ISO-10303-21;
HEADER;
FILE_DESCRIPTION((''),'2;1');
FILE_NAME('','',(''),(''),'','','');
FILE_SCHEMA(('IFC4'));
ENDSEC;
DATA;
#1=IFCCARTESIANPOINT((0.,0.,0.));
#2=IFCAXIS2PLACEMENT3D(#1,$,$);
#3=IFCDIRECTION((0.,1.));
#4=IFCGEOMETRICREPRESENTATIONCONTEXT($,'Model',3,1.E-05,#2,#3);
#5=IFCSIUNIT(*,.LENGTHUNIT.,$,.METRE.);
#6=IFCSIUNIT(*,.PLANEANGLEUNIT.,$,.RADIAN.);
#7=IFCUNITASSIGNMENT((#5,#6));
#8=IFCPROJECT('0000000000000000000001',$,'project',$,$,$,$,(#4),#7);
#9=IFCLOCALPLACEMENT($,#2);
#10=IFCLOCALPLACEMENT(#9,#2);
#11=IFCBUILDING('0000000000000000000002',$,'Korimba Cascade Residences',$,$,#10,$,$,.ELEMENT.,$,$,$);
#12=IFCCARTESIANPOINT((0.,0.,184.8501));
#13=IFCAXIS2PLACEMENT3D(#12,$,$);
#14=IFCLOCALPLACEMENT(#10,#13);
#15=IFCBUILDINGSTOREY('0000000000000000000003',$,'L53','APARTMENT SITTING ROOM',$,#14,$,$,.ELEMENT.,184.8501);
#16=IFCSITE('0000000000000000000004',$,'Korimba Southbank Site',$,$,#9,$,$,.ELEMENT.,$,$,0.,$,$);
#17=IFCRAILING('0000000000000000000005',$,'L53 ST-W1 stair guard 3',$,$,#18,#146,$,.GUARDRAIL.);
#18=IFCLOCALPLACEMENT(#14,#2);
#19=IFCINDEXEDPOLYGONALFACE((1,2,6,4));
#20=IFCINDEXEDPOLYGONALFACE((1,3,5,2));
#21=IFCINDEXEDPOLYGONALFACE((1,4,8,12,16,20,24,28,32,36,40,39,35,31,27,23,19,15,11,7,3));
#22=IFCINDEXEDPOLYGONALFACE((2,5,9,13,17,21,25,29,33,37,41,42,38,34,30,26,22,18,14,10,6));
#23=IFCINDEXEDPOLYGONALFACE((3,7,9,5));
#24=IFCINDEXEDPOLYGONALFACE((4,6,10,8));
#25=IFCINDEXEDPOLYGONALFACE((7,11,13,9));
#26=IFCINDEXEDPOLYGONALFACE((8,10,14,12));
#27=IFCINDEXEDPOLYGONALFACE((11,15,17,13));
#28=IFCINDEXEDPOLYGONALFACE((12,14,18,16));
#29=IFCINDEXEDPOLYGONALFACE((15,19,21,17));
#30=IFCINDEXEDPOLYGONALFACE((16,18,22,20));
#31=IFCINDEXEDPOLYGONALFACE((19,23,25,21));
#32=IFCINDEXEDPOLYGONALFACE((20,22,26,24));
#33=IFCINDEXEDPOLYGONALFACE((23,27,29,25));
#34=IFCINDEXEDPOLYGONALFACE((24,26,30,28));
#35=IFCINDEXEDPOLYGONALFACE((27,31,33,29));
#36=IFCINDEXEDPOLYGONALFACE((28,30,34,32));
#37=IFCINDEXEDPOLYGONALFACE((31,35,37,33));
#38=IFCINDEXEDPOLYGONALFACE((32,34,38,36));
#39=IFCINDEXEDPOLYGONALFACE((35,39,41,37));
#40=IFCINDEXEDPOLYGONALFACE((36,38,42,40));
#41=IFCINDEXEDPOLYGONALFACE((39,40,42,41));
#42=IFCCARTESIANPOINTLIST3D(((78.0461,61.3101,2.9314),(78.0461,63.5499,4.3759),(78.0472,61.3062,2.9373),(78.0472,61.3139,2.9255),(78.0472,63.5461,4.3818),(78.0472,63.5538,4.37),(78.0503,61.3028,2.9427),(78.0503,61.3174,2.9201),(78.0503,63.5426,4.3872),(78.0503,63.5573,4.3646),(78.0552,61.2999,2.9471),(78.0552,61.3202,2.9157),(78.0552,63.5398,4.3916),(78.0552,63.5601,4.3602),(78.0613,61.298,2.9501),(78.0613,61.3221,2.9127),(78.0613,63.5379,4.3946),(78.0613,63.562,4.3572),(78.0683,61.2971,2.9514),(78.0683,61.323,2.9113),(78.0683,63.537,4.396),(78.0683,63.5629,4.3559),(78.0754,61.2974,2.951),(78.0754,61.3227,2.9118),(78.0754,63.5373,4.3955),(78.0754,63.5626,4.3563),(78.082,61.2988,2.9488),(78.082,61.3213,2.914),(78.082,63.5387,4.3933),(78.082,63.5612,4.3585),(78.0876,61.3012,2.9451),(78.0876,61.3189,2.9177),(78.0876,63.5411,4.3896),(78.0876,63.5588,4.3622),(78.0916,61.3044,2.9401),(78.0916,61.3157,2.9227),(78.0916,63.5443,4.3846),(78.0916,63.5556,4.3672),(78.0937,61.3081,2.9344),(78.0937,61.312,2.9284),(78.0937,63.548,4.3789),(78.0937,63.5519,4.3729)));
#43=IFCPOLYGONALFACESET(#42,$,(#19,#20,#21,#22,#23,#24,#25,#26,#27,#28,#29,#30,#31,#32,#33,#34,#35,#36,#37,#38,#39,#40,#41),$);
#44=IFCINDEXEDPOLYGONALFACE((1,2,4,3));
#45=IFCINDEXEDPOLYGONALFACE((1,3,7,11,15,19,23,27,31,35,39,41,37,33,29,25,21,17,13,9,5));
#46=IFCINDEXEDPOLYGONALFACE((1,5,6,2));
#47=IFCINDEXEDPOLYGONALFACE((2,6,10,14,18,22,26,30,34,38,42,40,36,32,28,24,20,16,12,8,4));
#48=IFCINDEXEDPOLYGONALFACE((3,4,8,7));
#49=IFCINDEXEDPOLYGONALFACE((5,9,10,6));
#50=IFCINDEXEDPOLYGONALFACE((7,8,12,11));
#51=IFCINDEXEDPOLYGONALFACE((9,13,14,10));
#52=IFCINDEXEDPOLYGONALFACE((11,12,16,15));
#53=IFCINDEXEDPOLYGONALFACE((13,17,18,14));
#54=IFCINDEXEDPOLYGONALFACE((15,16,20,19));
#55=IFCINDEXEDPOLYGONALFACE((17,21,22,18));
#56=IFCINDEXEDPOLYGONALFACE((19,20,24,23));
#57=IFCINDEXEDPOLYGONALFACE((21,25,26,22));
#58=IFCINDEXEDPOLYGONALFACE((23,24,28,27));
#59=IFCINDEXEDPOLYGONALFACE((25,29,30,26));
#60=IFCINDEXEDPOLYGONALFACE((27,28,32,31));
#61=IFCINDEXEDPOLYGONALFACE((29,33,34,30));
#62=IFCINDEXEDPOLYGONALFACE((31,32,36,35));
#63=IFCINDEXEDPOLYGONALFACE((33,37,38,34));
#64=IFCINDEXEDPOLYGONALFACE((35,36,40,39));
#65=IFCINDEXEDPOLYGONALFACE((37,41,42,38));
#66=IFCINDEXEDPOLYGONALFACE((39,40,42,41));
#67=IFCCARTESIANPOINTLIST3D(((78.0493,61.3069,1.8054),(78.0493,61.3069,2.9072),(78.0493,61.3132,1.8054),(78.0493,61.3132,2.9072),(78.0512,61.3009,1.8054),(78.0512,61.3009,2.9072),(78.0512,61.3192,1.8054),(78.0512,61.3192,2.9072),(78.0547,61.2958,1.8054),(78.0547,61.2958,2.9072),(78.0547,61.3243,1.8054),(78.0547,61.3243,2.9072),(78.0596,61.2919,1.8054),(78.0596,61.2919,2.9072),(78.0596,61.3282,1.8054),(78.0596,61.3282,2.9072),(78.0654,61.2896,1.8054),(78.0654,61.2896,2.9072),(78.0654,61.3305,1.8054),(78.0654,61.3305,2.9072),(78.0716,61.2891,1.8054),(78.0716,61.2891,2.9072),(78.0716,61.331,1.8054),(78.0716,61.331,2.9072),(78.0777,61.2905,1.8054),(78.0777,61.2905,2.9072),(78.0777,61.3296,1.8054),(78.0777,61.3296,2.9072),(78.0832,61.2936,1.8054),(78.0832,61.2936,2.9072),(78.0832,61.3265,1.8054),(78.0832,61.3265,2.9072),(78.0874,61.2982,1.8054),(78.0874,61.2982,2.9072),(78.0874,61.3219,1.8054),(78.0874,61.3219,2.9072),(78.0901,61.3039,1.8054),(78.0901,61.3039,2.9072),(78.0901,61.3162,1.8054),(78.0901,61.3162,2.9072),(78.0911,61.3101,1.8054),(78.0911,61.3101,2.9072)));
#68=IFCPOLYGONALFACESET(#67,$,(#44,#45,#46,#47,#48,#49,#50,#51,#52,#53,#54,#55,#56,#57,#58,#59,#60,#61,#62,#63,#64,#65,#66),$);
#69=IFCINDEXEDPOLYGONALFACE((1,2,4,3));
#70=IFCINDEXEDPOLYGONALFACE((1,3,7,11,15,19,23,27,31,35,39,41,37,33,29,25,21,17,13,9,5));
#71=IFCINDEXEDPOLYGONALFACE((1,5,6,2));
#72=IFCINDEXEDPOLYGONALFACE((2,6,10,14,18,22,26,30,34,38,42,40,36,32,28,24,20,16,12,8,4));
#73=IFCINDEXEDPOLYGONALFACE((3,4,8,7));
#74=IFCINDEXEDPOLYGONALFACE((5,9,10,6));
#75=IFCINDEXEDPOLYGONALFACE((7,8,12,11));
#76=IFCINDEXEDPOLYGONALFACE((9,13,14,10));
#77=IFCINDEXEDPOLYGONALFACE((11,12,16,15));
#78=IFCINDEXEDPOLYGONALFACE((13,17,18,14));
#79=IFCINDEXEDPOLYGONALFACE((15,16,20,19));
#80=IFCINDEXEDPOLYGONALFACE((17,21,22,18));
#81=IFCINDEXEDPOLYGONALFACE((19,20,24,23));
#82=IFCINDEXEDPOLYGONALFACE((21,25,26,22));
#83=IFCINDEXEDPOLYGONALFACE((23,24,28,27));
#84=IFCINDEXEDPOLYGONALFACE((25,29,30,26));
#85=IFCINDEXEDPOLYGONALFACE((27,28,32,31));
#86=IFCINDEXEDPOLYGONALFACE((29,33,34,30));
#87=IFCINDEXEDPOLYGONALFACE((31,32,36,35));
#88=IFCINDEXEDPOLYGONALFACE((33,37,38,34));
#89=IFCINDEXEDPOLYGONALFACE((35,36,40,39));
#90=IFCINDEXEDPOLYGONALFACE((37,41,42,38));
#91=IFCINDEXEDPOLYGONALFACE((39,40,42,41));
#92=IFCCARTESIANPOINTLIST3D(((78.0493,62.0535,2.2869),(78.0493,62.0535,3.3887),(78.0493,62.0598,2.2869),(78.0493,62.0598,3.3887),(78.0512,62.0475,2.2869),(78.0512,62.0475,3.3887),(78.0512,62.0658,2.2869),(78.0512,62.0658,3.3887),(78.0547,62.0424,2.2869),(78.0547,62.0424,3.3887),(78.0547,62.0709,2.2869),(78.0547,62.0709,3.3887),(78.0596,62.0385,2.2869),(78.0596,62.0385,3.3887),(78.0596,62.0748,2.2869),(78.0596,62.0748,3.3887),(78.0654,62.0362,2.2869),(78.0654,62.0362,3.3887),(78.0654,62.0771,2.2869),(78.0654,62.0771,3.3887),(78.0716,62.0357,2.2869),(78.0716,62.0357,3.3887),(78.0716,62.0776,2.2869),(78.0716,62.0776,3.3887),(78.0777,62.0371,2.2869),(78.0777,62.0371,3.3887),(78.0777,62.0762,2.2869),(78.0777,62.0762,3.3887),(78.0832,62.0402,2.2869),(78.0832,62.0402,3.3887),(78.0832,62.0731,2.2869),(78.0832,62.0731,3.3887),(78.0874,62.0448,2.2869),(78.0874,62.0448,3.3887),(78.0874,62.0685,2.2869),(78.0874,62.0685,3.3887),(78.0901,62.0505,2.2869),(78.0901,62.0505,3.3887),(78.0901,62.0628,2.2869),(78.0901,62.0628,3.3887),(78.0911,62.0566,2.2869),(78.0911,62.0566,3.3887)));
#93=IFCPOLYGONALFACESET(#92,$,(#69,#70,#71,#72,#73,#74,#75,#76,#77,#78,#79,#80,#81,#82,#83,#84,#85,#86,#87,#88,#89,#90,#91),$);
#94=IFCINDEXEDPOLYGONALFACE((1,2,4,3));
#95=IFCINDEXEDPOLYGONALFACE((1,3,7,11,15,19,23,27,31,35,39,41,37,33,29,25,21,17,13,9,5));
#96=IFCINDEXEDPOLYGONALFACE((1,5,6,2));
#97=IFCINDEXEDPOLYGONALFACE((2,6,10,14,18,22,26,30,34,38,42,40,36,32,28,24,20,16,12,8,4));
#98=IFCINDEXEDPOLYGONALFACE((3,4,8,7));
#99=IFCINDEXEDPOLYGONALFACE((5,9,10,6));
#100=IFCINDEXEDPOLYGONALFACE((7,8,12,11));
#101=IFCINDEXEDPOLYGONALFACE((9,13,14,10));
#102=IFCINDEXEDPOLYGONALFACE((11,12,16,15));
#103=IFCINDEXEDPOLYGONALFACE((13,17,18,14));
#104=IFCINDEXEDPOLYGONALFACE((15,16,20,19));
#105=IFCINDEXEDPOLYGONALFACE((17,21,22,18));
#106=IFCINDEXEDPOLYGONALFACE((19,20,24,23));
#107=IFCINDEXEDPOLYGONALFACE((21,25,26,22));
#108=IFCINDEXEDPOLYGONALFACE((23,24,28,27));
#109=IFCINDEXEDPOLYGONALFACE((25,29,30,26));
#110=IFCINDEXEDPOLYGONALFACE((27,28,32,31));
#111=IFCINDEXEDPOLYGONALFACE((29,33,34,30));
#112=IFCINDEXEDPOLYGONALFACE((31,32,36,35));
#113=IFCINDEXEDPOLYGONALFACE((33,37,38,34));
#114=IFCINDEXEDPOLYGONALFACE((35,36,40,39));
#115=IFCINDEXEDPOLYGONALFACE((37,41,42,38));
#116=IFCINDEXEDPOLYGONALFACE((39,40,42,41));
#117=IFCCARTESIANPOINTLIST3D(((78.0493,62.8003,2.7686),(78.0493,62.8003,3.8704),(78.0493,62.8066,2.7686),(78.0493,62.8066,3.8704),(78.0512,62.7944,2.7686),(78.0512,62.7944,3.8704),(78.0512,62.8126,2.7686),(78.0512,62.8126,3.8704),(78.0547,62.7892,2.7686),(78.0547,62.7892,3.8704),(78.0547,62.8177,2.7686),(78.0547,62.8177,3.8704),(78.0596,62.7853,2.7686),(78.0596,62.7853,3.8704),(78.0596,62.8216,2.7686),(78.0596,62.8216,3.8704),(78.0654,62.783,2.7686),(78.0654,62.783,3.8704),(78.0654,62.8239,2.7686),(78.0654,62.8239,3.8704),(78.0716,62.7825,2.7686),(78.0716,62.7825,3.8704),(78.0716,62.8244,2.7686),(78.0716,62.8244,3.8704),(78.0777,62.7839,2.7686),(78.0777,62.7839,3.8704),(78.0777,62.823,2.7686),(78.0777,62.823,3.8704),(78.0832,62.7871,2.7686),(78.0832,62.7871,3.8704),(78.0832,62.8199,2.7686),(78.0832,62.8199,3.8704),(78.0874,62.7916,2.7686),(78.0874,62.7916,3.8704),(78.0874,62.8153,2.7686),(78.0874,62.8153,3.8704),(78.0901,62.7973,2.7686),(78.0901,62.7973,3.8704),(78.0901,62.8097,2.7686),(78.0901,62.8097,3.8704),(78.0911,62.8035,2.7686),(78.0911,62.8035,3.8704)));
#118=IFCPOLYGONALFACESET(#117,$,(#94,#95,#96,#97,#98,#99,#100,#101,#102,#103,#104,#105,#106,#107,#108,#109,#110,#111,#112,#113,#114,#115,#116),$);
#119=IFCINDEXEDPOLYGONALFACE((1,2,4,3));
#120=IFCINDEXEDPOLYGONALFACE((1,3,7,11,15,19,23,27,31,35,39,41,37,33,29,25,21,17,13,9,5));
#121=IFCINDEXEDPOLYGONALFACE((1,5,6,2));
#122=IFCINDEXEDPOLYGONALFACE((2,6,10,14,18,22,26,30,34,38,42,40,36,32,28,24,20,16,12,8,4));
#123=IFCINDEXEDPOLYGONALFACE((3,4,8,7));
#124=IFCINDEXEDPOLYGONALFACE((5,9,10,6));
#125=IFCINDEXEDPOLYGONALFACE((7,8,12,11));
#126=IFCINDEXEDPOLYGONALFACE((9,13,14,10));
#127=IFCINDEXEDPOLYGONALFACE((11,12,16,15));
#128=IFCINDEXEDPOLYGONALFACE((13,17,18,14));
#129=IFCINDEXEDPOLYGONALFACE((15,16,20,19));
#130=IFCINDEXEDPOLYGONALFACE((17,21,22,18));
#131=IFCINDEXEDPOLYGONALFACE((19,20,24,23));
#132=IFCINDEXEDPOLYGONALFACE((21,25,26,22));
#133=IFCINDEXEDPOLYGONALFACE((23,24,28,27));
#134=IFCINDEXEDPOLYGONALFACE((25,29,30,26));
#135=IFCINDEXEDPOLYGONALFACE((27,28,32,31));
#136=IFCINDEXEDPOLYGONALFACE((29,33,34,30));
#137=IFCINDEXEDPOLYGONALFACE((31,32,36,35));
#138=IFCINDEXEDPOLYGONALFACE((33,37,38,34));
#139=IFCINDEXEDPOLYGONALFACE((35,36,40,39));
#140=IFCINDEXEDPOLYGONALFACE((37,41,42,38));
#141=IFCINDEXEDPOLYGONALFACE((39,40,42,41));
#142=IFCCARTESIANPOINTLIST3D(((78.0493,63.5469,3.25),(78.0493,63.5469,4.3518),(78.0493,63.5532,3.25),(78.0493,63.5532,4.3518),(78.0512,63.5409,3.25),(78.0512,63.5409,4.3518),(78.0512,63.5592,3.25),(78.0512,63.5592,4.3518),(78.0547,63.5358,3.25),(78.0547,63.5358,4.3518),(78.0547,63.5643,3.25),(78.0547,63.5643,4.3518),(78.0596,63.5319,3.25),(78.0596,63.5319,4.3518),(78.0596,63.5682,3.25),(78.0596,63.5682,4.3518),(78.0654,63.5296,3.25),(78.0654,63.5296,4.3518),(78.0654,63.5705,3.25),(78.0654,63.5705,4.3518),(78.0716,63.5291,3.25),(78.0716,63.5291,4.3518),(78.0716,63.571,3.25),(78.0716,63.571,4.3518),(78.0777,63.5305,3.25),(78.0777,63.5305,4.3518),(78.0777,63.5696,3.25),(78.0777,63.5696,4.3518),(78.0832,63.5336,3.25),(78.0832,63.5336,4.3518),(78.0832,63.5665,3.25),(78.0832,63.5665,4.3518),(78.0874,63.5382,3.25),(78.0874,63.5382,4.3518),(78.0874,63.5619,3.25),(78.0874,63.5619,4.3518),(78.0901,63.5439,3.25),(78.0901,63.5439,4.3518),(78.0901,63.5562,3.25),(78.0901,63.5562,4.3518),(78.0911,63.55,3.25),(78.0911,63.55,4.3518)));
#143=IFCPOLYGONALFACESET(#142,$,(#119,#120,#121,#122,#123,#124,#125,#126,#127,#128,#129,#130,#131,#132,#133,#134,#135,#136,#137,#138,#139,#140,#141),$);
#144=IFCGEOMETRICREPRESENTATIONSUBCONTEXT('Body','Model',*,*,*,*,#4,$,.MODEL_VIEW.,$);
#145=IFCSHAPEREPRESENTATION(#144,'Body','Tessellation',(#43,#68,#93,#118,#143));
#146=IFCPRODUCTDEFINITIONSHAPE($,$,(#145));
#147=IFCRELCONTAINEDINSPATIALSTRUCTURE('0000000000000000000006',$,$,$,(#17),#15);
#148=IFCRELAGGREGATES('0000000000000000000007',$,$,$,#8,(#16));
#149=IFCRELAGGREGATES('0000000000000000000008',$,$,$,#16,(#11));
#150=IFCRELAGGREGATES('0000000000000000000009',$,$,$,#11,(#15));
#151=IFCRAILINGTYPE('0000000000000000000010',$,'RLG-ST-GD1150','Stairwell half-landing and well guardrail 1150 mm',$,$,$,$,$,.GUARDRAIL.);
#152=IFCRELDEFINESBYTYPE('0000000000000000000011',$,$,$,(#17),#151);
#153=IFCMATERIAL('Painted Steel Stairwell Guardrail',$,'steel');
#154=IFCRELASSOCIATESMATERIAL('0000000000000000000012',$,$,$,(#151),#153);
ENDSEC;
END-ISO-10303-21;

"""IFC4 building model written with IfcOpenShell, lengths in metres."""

from ifc_helpers import new_model, si_unit, direction, frame, origin, origin_2d, place, context, subcontext, project, spatial, circle, extrude, material, type_object, element, save


model = new_model("IFC4")

# Units and contexts
model_context = context("Model", 3, precision=1e-05, world=origin(), true_north=direction((0.0, 1.0)))
body_context = subcontext(model_context, "Body", "Model", "MODEL_VIEW")
ifc_project = project(units=[si_unit("LENGTHUNIT", "METRE"), si_unit("PLANEANGLEUNIT", "RADIAN")], contexts=[model_context])

# Site, building, storey
site_placement = place(None, origin())
site = spatial("IfcSite", under=ifc_project, at=site_placement, Name="Korimba Southbank Site", CompositionType="ELEMENT", RefElevation=0.0)
building_placement = place(site_placement, origin())
building = spatial("IfcBuilding", under=site, at=building_placement, Name="Korimba Cascade Residences", CompositionType="ELEMENT")
storey_placement = place(building_placement, frame((0.0, 0.0, 184.8501)))
storey = spatial("IfcBuildingStorey", under=building, at=storey_placement, Name="L53", Description="APARTMENT SITTING ROOM", CompositionType="ELEMENT", Elevation=184.8501)

# Railing
ifc_material_1 = material(Name="Painted Steel Stairwell Guardrail", Category="steel")
railing_type_1 = type_object("IfcRailingType", Name="RLG-ST-GD1150", Description="Stairwell half-landing and well guardrail 1150 mm", PredefinedType="GUARDRAIL", material=ifc_material_1)
railing_1_placement = place(storey_placement, frame((78.0701, 61.3101, 1.8054)))
element("IfcRailing", 1, at=railing_1_placement, inside=storey, type_object=railing_type_1, Name="L53 ST-W1 stair guard 3", PredefinedType="GUARDRAIL", context=body_context, shape_type="SweptSolid", body=[
    extrude(circle(Radius=0.0239, at=origin_2d()), frame((0.0, 0.0, 1.126), z_axis=(0.0, 0.840395, 0.541975), x_axis=(-1.0, 0.0, 0.0)), (0.0, 0.0, 1.0), 2.6653),
    extrude(circle(Radius=0.021, at=origin_2d()), origin(), (0.0, 0.0, 1.0), 1.1018),
    extrude(circle(Radius=0.021, at=origin_2d()), frame((0.0, 0.7466, 0.4814)), (0.0, 0.0, 1.0), 1.1018),
    extrude(circle(Radius=0.021, at=origin_2d()), frame((0.0, 1.4934, 0.9631)), (0.0, 0.0, 1.0), 1.1018),
    extrude(circle(Radius=0.021, at=origin_2d()), frame((0.0, 2.24, 1.4446)), (0.0, 0.0, 1.0), 1.1018),
])

save(model, "model.ifc")
